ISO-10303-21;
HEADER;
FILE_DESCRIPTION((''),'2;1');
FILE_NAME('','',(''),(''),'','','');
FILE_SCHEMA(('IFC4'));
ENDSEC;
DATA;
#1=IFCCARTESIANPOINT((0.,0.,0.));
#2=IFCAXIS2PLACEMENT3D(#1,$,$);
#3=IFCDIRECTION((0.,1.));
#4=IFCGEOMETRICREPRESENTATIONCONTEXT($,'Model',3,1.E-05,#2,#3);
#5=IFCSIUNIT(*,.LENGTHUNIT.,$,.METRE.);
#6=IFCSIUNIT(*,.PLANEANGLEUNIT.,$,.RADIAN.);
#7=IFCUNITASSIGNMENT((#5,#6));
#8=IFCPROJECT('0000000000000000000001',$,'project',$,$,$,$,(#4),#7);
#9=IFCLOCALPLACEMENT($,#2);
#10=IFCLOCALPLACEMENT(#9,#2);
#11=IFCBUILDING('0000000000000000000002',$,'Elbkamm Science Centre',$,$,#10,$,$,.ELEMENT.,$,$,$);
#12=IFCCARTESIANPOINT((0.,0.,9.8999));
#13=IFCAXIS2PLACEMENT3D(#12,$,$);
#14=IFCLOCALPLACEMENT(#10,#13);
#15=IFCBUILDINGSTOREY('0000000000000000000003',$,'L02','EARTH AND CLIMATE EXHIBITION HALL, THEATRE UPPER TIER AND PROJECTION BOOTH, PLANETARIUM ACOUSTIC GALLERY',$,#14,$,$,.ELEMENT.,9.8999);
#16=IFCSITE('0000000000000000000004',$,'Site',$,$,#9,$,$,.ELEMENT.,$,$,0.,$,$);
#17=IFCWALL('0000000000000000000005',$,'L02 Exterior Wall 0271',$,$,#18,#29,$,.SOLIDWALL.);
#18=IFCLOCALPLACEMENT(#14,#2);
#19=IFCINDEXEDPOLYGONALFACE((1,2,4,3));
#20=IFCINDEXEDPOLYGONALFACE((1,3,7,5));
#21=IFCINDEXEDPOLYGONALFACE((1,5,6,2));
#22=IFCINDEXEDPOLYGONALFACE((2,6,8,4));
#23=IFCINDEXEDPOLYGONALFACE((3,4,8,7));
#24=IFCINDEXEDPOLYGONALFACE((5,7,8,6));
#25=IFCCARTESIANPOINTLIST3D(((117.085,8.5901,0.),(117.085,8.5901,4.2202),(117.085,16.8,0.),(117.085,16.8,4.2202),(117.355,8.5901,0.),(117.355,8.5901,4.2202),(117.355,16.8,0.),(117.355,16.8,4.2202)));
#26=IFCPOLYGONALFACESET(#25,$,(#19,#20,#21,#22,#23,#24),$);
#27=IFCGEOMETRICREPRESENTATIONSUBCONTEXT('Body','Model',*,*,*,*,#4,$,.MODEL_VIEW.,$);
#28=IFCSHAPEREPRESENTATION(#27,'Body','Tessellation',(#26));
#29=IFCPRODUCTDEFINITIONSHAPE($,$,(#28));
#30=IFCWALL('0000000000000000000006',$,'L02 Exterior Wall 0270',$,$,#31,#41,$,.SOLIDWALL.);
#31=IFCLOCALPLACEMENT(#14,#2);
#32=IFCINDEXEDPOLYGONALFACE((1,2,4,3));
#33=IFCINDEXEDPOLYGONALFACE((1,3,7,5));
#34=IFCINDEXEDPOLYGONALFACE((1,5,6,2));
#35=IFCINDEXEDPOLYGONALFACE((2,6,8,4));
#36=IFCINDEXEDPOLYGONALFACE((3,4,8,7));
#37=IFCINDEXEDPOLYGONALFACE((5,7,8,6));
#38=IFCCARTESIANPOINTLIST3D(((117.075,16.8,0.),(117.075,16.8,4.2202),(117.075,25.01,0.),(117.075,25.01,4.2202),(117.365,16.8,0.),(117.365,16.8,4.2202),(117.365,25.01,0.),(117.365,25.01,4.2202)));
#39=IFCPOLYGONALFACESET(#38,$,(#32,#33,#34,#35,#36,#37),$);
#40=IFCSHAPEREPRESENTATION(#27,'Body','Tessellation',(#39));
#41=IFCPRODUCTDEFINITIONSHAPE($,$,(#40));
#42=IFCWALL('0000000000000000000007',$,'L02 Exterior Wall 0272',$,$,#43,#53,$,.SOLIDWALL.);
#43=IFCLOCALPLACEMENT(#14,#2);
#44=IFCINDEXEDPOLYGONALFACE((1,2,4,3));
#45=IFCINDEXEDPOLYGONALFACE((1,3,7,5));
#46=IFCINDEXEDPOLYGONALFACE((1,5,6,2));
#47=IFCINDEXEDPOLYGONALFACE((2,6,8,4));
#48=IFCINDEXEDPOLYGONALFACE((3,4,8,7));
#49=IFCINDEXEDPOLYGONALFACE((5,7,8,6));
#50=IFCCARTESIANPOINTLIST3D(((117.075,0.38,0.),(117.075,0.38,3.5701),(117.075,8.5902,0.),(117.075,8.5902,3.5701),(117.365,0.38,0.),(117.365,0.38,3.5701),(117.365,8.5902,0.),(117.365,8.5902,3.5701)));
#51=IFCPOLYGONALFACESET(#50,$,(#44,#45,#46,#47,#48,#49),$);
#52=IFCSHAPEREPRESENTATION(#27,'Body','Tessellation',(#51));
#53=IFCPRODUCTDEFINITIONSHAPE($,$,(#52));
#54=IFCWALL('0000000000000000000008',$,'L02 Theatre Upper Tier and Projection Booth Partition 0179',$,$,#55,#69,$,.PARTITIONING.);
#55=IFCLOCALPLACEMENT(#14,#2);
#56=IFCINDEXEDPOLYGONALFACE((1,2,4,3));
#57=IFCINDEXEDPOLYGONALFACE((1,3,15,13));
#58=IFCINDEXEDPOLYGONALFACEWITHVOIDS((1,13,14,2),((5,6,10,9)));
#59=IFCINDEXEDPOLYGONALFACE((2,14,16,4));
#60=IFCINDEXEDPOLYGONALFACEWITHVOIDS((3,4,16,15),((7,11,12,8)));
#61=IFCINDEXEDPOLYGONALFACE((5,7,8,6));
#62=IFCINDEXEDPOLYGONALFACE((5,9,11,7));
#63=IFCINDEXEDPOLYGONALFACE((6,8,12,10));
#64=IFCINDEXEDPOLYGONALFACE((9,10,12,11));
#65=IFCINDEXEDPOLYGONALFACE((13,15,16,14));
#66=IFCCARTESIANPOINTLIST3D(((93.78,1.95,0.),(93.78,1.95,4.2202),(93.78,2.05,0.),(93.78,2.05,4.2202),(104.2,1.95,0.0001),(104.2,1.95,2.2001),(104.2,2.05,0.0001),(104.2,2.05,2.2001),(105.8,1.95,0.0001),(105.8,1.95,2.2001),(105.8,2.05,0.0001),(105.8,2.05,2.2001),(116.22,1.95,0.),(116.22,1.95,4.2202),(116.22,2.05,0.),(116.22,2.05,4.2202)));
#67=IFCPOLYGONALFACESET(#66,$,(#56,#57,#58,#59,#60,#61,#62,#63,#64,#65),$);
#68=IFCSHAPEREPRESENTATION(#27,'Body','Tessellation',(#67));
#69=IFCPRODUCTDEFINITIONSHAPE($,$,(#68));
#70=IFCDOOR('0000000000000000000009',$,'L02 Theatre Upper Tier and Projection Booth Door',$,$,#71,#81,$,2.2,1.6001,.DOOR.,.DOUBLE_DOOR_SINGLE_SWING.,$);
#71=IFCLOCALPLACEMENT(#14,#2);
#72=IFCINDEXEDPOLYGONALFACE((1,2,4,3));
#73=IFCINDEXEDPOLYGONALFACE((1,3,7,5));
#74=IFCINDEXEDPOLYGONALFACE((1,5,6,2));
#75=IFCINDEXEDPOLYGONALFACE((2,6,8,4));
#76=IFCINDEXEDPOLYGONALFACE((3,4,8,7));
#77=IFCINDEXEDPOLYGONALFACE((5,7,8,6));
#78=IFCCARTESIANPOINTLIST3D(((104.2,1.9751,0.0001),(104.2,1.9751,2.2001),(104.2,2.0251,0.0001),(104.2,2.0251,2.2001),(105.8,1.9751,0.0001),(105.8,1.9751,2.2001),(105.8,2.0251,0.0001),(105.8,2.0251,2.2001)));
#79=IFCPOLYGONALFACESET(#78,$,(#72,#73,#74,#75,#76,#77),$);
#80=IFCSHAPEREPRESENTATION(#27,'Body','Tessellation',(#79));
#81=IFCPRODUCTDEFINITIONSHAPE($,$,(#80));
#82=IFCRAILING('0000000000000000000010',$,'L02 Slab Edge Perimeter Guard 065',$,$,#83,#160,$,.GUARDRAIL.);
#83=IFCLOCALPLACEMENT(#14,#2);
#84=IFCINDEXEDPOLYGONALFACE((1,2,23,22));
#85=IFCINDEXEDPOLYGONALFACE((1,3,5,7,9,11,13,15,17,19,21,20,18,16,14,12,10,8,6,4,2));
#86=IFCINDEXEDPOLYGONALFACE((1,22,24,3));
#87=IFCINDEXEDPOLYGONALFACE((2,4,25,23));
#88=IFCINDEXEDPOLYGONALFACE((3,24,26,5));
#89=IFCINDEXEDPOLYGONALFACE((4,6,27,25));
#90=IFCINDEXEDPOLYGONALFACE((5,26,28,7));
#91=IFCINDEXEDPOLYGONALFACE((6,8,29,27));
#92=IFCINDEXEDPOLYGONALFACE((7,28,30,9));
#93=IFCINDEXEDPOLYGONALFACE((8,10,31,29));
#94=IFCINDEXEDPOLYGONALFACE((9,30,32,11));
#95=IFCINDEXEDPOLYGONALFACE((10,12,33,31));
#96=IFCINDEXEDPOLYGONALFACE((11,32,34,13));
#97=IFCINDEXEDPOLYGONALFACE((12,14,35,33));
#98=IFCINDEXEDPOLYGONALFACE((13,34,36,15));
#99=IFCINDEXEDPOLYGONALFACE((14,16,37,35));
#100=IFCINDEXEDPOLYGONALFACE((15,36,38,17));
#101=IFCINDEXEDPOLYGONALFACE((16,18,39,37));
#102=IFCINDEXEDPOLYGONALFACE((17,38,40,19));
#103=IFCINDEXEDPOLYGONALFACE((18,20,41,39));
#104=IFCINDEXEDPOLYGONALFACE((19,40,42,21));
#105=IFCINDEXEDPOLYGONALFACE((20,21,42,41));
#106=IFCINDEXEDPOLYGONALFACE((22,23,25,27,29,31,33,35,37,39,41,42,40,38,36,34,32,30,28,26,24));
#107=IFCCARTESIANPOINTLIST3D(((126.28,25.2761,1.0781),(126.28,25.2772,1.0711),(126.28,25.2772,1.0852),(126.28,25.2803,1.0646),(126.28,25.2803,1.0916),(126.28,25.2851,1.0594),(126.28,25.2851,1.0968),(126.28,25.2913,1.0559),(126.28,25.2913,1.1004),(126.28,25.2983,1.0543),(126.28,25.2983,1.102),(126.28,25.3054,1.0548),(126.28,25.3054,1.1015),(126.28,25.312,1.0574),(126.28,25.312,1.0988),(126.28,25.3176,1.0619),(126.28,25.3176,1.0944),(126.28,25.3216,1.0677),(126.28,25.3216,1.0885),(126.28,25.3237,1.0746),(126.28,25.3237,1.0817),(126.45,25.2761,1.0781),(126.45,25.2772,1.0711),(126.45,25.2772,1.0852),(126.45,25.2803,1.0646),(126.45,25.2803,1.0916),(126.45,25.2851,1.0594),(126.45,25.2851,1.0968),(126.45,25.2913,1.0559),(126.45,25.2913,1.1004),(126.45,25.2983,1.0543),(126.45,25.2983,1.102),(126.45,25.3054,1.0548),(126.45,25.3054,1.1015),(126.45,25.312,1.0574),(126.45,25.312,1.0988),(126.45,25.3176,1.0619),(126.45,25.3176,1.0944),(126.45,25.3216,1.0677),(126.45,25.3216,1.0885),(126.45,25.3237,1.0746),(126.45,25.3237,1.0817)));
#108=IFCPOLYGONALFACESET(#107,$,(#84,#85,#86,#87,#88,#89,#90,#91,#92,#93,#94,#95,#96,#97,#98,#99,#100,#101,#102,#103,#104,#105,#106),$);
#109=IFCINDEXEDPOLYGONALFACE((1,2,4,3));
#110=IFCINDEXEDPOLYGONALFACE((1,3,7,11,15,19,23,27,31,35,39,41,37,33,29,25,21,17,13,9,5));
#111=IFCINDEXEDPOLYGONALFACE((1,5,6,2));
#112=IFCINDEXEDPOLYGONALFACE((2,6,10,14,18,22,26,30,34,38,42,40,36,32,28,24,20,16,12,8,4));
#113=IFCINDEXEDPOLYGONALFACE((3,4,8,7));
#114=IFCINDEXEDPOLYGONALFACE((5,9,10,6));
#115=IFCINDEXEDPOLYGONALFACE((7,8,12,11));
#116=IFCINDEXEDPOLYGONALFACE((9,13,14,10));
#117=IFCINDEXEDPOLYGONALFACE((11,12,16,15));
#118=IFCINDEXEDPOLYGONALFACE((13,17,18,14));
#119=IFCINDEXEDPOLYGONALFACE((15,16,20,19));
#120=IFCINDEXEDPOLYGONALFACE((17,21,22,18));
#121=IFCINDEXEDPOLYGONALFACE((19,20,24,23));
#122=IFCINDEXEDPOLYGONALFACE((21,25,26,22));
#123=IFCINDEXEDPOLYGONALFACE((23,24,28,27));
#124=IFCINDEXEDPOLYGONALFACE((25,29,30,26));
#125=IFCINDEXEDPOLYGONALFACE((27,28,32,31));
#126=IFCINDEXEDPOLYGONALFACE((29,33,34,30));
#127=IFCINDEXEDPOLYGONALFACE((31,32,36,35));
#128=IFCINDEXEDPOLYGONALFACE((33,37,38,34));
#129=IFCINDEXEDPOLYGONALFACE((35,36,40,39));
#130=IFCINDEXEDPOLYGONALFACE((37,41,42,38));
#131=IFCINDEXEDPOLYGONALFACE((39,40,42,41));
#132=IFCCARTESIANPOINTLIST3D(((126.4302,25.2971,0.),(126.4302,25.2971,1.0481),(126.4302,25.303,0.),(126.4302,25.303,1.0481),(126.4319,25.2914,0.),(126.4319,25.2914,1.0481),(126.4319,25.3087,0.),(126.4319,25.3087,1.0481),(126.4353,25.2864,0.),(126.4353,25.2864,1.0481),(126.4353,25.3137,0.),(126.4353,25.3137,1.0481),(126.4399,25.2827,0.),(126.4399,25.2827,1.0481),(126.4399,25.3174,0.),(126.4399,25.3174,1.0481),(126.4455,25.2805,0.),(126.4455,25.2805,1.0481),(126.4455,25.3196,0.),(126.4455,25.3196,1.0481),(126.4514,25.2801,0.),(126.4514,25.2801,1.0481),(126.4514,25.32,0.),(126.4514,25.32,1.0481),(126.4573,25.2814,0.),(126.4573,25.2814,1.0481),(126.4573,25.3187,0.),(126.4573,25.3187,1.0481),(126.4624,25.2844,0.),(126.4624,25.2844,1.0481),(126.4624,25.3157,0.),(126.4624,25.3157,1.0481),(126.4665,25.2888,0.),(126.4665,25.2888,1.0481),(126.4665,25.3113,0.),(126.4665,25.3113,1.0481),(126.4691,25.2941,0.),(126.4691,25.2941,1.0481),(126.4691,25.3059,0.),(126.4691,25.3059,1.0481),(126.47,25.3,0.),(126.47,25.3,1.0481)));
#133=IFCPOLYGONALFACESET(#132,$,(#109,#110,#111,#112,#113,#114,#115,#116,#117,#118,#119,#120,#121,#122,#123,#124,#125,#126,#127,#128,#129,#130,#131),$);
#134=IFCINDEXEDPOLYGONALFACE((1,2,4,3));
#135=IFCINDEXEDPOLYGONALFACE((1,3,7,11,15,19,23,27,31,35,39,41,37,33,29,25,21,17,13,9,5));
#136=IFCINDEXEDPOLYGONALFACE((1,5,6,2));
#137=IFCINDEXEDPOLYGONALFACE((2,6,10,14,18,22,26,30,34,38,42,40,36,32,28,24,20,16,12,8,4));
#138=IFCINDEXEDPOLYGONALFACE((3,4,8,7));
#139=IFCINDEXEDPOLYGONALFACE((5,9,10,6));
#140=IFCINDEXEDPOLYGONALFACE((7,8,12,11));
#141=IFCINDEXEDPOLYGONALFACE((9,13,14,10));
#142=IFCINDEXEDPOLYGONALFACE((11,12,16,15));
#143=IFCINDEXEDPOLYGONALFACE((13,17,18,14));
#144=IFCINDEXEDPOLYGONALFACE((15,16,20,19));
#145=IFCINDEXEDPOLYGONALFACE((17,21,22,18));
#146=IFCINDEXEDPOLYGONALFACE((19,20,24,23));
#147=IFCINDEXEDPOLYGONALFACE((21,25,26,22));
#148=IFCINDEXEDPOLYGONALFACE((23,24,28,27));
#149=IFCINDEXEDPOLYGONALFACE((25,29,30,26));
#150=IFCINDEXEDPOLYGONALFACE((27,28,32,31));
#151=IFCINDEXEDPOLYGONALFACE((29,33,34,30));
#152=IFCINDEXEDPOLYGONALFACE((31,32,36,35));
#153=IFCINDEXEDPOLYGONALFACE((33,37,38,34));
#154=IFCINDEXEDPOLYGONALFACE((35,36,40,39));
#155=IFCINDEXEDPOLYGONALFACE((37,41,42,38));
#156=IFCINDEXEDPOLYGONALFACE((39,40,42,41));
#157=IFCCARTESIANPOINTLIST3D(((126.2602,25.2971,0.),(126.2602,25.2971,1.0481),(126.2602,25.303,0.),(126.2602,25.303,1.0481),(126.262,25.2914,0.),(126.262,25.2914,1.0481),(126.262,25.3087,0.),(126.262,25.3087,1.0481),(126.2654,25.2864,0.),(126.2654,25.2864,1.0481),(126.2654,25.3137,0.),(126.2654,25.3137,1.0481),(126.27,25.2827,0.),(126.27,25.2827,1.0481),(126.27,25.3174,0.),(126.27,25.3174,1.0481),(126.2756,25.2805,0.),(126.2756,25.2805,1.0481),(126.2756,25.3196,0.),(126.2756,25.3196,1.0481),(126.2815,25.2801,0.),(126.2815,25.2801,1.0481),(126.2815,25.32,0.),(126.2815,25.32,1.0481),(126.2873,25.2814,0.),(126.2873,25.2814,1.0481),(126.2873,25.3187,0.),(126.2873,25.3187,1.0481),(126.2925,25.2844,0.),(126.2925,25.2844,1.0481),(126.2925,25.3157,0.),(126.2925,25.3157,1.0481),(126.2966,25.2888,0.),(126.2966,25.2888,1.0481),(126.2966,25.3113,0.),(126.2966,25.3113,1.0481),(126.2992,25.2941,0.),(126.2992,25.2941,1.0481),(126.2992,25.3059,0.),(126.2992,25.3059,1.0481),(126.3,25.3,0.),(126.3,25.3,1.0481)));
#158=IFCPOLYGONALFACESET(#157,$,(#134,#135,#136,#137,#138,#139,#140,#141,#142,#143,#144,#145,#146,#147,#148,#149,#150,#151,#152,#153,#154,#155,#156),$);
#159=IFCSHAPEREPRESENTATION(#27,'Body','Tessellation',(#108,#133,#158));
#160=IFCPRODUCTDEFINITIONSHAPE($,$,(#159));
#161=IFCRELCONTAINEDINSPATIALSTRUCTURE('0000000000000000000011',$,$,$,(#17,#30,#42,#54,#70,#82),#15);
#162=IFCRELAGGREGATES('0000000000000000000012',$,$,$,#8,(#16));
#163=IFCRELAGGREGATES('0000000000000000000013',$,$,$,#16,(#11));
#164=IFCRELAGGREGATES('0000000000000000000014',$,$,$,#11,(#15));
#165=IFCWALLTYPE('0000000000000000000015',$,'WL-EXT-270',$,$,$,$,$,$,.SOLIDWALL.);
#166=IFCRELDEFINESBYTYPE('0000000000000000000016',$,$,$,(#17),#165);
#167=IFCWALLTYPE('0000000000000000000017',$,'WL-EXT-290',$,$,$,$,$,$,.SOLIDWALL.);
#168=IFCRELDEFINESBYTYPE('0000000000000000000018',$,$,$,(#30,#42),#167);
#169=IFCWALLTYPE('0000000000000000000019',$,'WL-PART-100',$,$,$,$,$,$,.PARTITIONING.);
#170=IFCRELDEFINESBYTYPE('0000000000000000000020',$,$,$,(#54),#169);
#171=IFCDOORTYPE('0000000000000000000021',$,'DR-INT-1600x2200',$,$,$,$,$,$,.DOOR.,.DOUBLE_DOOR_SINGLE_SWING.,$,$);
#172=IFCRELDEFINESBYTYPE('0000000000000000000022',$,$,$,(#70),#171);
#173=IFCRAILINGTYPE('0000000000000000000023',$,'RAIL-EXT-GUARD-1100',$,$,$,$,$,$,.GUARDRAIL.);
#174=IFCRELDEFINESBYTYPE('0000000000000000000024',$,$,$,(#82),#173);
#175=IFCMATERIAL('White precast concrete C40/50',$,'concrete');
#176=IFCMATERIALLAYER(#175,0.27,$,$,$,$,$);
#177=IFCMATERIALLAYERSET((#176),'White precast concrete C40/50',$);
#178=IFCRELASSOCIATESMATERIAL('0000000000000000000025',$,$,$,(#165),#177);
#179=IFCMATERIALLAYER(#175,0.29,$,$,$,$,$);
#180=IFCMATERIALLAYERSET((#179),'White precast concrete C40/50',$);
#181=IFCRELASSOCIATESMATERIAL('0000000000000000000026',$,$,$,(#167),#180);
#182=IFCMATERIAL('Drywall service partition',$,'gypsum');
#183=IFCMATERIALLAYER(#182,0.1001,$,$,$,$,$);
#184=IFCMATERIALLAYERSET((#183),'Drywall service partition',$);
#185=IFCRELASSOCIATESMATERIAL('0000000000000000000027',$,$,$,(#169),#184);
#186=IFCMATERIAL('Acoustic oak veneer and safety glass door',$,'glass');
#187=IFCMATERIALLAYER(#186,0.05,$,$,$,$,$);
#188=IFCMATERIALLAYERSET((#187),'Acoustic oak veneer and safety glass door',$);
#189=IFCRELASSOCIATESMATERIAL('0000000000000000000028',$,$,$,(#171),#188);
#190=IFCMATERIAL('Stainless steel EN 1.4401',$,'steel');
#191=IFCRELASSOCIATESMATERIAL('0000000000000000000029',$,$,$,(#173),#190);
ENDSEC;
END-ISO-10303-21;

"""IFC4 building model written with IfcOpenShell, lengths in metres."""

from ifc_helpers import new_model, si_unit, direction, frame, frame_2d, origin, origin_2d, place, context, subcontext, project, spatial, rectangle, circle, extrude, material, layer, layer_set, type_object, element, fill, save


model = new_model("IFC4")

# Units and contexts
model_context = context("Model", 3, precision=1e-05, world=origin(), true_north=direction((0.0, 1.0)))
body_context = subcontext(model_context, "Body", "Model", "MODEL_VIEW")
ifc_project = project(units=[si_unit("LENGTHUNIT", "METRE"), si_unit("PLANEANGLEUNIT", "RADIAN")], contexts=[model_context])

# Site, building, storey
site_placement = place(None, origin())
site = spatial("IfcSite", under=ifc_project, at=site_placement, Name="Site", CompositionType="ELEMENT", RefElevation=0.0)
building_placement = place(site_placement, origin())
building = spatial("IfcBuilding", under=site, at=building_placement, Name="Elbkamm Science Centre", CompositionType="ELEMENT")
storey_placement = place(building_placement, frame((0.0, 0.0, 9.8999)))
storey = spatial("IfcBuildingStorey", under=building, at=storey_placement, Name="L02", Description="EARTH AND CLIMATE EXHIBITION HALL, THEATRE UPPER TIER AND PROJECTION BOOTH, PLANETARIUM ACOUSTIC GALLERY", CompositionType="ELEMENT", Elevation=9.8999)

# Walls
ifc_material_1 = material(Name="White precast concrete C40/50", Category="concrete")
ifc_layer_1 = layer(ifc_material_1, 0.27)
ifc_layer_set_1 = layer_set([ifc_layer_1], Name="White precast concrete C40/50")
wall_type_1 = type_object("IfcWallType", Name="WL-EXT-270", PredefinedType="SOLIDWALL", material=ifc_layer_set_1)
wall_1_placement = place(storey_placement, frame((117.22, 16.8, 0.0), z_axis=(0.0, 0.0, 1.0), x_axis=(0.0, -1.0, 0.0)))
element("IfcWall", 1, at=wall_1_placement, inside=storey, type_object=wall_type_1, Name="L02 Exterior Wall 0271", PredefinedType="SOLIDWALL", context=body_context, shape_type="SweptSolid", body=[
    extrude(rectangle(XDim=8.21, YDim=0.27, at=frame_2d((4.105, 0.0))), origin(), (0.0, 0.0, 1.0), 4.2202),
])
ifc_layer_2 = layer(ifc_material_1, 0.29)
ifc_layer_set_2 = layer_set([ifc_layer_2], Name="White precast concrete C40/50")
wall_type_2 = type_object("IfcWallType", Name="WL-EXT-290", PredefinedType="SOLIDWALL", material=ifc_layer_set_2)
wall_2_placement = place(storey_placement, frame((117.22, 25.01, 0.0), z_axis=(0.0, 0.0, 1.0), x_axis=(0.0, -1.0, 0.0)))
element("IfcWall", 2, at=wall_2_placement, inside=storey, type_object=wall_type_2, Name="L02 Exterior Wall 0270", PredefinedType="SOLIDWALL", context=body_context, shape_type="SweptSolid", body=[
    extrude(rectangle(XDim=8.21, YDim=0.29, at=frame_2d((4.105, 0.0))), origin(), (0.0, 0.0, 1.0), 4.2202),
])
wall_3_placement = place(storey_placement, frame((117.22, 8.5901, 0.0), z_axis=(0.0, 0.0, 1.0), x_axis=(0.0, -1.0, 0.0)))
element("IfcWall", 3, at=wall_3_placement, inside=storey, type_object=wall_type_2, Name="L02 Exterior Wall 0272", PredefinedType="SOLIDWALL", context=body_context, shape_type="SweptSolid", body=[
    extrude(rectangle(XDim=8.2102, YDim=0.29, at=frame_2d((4.105, 0.0))), origin(), (0.0, 0.0, 1.0), 3.5701),
])

# Wall, opening, door
ifc_material_2 = material(Name="Drywall service partition", Category="gypsum")
ifc_layer_3 = layer(ifc_material_2, 0.1001)
ifc_layer_set_3 = layer_set([ifc_layer_3], Name="Drywall service partition")
wall_type_3 = type_object("IfcWallType", Name="WL-PART-100", PredefinedType="PARTITIONING", material=ifc_layer_set_3)
wall_4_placement = place(storey_placement, frame((116.22, 2.0, 0.0), z_axis=(0.0, 0.0, 1.0), x_axis=(-1.0, 0.0, 0.0)))
wall_4 = element("IfcWall", 4, at=wall_4_placement, inside=storey, type_object=wall_type_3, Name="L02 Theatre Upper Tier and Projection Booth Partition 0179", PredefinedType="PARTITIONING", context=body_context, shape_type="SweptSolid", body=[
    extrude(rectangle(XDim=22.4399, YDim=0.1001, at=frame_2d((11.22, 0.0))), origin(), (0.0, 0.0, 1.0), 4.2202),
])
opening_1_placement = place(wall_4_placement, frame((10.4199, 0.0, 0.0)))
opening_1 = element("IfcOpeningElement", 5, at=opening_1_placement, cuts=wall_4, PredefinedType="OPENING", context=body_context, shape_type="SweptSolid", body=[
    extrude(rectangle(XDim=1.6001, YDim=2.2, at=frame_2d((0.8, 1.1001))), frame((0.0, 0.062, 0.0), z_axis=(0.0, -1.0, 0.0), x_axis=(1.0, 0.0, 0.0)), (0.0, 0.0, 1.0), 0.124),
])
ifc_material_3 = material(Name="Acoustic oak veneer and safety glass door", Category="glass")
ifc_layer_4 = layer(ifc_material_3, 0.05)
ifc_layer_set_4 = layer_set([ifc_layer_4], Name="Acoustic oak veneer and safety glass door")
door_type_1 = type_object("IfcDoorType", Name="DR-INT-1600x2200", OperationType="DOUBLE_DOOR_SINGLE_SWING", PredefinedType="DOOR", material=ifc_layer_set_4)
door_1_placement = place(opening_1_placement, origin())
door_1 = element("IfcDoor", 6, at=door_1_placement, inside=storey, type_object=door_type_1, Name="L02 Theatre Upper Tier and Projection Booth Door", OperationType="DOUBLE_DOOR_SINGLE_SWING", OverallHeight=2.2, OverallWidth=1.6001, PredefinedType="DOOR", context=body_context, shape_type="SweptSolid", body=[
    extrude(rectangle(XDim=1.6001, YDim=2.2, at=frame_2d((0.8, 1.1001))), frame((0.0, 0.0249, 0.0), z_axis=(0.0, -1.0, 0.0), x_axis=(1.0, 0.0, 0.0)), (0.0, 0.0, 1.0), 0.05),
])
fill(opening_1, door_1)

# Railing
ifc_material_4 = material(Name="Stainless steel EN 1.4401", Category="steel")
railing_type = type_object("IfcRailingType", Name="RAIL-EXT-GUARD-1100", PredefinedType="GUARDRAIL", material=ifc_material_4)
railing_1_placement = place(storey_placement, frame((126.45, 25.3, 0.0)))
element("IfcRailing", 7, at=railing_1_placement, inside=storey, type_object=railing_type, Name="L02 Slab Edge Perimeter Guard 065", PredefinedType="GUARDRAIL", context=body_context, shape_type="SweptSolid", body=[
    extrude(circle(Radius=0.0239, at=origin_2d()), frame((0.0, 0.0, 1.0781), z_axis=(-1.0, 0.0, 0.0), x_axis=(0.0, -1.0, 0.0)), (0.0, 0.0, 1.0), 0.1699),
    extrude(circle(Radius=0.02, at=origin_2d()), origin(), (0.0, 0.0, 1.0), 1.0481),
    extrude(circle(Radius=0.02, at=origin_2d()), frame((-0.1699, 0.0, 0.0)), (0.0, 0.0, 1.0), 1.0481),
])

save(model, "model.ifc")
